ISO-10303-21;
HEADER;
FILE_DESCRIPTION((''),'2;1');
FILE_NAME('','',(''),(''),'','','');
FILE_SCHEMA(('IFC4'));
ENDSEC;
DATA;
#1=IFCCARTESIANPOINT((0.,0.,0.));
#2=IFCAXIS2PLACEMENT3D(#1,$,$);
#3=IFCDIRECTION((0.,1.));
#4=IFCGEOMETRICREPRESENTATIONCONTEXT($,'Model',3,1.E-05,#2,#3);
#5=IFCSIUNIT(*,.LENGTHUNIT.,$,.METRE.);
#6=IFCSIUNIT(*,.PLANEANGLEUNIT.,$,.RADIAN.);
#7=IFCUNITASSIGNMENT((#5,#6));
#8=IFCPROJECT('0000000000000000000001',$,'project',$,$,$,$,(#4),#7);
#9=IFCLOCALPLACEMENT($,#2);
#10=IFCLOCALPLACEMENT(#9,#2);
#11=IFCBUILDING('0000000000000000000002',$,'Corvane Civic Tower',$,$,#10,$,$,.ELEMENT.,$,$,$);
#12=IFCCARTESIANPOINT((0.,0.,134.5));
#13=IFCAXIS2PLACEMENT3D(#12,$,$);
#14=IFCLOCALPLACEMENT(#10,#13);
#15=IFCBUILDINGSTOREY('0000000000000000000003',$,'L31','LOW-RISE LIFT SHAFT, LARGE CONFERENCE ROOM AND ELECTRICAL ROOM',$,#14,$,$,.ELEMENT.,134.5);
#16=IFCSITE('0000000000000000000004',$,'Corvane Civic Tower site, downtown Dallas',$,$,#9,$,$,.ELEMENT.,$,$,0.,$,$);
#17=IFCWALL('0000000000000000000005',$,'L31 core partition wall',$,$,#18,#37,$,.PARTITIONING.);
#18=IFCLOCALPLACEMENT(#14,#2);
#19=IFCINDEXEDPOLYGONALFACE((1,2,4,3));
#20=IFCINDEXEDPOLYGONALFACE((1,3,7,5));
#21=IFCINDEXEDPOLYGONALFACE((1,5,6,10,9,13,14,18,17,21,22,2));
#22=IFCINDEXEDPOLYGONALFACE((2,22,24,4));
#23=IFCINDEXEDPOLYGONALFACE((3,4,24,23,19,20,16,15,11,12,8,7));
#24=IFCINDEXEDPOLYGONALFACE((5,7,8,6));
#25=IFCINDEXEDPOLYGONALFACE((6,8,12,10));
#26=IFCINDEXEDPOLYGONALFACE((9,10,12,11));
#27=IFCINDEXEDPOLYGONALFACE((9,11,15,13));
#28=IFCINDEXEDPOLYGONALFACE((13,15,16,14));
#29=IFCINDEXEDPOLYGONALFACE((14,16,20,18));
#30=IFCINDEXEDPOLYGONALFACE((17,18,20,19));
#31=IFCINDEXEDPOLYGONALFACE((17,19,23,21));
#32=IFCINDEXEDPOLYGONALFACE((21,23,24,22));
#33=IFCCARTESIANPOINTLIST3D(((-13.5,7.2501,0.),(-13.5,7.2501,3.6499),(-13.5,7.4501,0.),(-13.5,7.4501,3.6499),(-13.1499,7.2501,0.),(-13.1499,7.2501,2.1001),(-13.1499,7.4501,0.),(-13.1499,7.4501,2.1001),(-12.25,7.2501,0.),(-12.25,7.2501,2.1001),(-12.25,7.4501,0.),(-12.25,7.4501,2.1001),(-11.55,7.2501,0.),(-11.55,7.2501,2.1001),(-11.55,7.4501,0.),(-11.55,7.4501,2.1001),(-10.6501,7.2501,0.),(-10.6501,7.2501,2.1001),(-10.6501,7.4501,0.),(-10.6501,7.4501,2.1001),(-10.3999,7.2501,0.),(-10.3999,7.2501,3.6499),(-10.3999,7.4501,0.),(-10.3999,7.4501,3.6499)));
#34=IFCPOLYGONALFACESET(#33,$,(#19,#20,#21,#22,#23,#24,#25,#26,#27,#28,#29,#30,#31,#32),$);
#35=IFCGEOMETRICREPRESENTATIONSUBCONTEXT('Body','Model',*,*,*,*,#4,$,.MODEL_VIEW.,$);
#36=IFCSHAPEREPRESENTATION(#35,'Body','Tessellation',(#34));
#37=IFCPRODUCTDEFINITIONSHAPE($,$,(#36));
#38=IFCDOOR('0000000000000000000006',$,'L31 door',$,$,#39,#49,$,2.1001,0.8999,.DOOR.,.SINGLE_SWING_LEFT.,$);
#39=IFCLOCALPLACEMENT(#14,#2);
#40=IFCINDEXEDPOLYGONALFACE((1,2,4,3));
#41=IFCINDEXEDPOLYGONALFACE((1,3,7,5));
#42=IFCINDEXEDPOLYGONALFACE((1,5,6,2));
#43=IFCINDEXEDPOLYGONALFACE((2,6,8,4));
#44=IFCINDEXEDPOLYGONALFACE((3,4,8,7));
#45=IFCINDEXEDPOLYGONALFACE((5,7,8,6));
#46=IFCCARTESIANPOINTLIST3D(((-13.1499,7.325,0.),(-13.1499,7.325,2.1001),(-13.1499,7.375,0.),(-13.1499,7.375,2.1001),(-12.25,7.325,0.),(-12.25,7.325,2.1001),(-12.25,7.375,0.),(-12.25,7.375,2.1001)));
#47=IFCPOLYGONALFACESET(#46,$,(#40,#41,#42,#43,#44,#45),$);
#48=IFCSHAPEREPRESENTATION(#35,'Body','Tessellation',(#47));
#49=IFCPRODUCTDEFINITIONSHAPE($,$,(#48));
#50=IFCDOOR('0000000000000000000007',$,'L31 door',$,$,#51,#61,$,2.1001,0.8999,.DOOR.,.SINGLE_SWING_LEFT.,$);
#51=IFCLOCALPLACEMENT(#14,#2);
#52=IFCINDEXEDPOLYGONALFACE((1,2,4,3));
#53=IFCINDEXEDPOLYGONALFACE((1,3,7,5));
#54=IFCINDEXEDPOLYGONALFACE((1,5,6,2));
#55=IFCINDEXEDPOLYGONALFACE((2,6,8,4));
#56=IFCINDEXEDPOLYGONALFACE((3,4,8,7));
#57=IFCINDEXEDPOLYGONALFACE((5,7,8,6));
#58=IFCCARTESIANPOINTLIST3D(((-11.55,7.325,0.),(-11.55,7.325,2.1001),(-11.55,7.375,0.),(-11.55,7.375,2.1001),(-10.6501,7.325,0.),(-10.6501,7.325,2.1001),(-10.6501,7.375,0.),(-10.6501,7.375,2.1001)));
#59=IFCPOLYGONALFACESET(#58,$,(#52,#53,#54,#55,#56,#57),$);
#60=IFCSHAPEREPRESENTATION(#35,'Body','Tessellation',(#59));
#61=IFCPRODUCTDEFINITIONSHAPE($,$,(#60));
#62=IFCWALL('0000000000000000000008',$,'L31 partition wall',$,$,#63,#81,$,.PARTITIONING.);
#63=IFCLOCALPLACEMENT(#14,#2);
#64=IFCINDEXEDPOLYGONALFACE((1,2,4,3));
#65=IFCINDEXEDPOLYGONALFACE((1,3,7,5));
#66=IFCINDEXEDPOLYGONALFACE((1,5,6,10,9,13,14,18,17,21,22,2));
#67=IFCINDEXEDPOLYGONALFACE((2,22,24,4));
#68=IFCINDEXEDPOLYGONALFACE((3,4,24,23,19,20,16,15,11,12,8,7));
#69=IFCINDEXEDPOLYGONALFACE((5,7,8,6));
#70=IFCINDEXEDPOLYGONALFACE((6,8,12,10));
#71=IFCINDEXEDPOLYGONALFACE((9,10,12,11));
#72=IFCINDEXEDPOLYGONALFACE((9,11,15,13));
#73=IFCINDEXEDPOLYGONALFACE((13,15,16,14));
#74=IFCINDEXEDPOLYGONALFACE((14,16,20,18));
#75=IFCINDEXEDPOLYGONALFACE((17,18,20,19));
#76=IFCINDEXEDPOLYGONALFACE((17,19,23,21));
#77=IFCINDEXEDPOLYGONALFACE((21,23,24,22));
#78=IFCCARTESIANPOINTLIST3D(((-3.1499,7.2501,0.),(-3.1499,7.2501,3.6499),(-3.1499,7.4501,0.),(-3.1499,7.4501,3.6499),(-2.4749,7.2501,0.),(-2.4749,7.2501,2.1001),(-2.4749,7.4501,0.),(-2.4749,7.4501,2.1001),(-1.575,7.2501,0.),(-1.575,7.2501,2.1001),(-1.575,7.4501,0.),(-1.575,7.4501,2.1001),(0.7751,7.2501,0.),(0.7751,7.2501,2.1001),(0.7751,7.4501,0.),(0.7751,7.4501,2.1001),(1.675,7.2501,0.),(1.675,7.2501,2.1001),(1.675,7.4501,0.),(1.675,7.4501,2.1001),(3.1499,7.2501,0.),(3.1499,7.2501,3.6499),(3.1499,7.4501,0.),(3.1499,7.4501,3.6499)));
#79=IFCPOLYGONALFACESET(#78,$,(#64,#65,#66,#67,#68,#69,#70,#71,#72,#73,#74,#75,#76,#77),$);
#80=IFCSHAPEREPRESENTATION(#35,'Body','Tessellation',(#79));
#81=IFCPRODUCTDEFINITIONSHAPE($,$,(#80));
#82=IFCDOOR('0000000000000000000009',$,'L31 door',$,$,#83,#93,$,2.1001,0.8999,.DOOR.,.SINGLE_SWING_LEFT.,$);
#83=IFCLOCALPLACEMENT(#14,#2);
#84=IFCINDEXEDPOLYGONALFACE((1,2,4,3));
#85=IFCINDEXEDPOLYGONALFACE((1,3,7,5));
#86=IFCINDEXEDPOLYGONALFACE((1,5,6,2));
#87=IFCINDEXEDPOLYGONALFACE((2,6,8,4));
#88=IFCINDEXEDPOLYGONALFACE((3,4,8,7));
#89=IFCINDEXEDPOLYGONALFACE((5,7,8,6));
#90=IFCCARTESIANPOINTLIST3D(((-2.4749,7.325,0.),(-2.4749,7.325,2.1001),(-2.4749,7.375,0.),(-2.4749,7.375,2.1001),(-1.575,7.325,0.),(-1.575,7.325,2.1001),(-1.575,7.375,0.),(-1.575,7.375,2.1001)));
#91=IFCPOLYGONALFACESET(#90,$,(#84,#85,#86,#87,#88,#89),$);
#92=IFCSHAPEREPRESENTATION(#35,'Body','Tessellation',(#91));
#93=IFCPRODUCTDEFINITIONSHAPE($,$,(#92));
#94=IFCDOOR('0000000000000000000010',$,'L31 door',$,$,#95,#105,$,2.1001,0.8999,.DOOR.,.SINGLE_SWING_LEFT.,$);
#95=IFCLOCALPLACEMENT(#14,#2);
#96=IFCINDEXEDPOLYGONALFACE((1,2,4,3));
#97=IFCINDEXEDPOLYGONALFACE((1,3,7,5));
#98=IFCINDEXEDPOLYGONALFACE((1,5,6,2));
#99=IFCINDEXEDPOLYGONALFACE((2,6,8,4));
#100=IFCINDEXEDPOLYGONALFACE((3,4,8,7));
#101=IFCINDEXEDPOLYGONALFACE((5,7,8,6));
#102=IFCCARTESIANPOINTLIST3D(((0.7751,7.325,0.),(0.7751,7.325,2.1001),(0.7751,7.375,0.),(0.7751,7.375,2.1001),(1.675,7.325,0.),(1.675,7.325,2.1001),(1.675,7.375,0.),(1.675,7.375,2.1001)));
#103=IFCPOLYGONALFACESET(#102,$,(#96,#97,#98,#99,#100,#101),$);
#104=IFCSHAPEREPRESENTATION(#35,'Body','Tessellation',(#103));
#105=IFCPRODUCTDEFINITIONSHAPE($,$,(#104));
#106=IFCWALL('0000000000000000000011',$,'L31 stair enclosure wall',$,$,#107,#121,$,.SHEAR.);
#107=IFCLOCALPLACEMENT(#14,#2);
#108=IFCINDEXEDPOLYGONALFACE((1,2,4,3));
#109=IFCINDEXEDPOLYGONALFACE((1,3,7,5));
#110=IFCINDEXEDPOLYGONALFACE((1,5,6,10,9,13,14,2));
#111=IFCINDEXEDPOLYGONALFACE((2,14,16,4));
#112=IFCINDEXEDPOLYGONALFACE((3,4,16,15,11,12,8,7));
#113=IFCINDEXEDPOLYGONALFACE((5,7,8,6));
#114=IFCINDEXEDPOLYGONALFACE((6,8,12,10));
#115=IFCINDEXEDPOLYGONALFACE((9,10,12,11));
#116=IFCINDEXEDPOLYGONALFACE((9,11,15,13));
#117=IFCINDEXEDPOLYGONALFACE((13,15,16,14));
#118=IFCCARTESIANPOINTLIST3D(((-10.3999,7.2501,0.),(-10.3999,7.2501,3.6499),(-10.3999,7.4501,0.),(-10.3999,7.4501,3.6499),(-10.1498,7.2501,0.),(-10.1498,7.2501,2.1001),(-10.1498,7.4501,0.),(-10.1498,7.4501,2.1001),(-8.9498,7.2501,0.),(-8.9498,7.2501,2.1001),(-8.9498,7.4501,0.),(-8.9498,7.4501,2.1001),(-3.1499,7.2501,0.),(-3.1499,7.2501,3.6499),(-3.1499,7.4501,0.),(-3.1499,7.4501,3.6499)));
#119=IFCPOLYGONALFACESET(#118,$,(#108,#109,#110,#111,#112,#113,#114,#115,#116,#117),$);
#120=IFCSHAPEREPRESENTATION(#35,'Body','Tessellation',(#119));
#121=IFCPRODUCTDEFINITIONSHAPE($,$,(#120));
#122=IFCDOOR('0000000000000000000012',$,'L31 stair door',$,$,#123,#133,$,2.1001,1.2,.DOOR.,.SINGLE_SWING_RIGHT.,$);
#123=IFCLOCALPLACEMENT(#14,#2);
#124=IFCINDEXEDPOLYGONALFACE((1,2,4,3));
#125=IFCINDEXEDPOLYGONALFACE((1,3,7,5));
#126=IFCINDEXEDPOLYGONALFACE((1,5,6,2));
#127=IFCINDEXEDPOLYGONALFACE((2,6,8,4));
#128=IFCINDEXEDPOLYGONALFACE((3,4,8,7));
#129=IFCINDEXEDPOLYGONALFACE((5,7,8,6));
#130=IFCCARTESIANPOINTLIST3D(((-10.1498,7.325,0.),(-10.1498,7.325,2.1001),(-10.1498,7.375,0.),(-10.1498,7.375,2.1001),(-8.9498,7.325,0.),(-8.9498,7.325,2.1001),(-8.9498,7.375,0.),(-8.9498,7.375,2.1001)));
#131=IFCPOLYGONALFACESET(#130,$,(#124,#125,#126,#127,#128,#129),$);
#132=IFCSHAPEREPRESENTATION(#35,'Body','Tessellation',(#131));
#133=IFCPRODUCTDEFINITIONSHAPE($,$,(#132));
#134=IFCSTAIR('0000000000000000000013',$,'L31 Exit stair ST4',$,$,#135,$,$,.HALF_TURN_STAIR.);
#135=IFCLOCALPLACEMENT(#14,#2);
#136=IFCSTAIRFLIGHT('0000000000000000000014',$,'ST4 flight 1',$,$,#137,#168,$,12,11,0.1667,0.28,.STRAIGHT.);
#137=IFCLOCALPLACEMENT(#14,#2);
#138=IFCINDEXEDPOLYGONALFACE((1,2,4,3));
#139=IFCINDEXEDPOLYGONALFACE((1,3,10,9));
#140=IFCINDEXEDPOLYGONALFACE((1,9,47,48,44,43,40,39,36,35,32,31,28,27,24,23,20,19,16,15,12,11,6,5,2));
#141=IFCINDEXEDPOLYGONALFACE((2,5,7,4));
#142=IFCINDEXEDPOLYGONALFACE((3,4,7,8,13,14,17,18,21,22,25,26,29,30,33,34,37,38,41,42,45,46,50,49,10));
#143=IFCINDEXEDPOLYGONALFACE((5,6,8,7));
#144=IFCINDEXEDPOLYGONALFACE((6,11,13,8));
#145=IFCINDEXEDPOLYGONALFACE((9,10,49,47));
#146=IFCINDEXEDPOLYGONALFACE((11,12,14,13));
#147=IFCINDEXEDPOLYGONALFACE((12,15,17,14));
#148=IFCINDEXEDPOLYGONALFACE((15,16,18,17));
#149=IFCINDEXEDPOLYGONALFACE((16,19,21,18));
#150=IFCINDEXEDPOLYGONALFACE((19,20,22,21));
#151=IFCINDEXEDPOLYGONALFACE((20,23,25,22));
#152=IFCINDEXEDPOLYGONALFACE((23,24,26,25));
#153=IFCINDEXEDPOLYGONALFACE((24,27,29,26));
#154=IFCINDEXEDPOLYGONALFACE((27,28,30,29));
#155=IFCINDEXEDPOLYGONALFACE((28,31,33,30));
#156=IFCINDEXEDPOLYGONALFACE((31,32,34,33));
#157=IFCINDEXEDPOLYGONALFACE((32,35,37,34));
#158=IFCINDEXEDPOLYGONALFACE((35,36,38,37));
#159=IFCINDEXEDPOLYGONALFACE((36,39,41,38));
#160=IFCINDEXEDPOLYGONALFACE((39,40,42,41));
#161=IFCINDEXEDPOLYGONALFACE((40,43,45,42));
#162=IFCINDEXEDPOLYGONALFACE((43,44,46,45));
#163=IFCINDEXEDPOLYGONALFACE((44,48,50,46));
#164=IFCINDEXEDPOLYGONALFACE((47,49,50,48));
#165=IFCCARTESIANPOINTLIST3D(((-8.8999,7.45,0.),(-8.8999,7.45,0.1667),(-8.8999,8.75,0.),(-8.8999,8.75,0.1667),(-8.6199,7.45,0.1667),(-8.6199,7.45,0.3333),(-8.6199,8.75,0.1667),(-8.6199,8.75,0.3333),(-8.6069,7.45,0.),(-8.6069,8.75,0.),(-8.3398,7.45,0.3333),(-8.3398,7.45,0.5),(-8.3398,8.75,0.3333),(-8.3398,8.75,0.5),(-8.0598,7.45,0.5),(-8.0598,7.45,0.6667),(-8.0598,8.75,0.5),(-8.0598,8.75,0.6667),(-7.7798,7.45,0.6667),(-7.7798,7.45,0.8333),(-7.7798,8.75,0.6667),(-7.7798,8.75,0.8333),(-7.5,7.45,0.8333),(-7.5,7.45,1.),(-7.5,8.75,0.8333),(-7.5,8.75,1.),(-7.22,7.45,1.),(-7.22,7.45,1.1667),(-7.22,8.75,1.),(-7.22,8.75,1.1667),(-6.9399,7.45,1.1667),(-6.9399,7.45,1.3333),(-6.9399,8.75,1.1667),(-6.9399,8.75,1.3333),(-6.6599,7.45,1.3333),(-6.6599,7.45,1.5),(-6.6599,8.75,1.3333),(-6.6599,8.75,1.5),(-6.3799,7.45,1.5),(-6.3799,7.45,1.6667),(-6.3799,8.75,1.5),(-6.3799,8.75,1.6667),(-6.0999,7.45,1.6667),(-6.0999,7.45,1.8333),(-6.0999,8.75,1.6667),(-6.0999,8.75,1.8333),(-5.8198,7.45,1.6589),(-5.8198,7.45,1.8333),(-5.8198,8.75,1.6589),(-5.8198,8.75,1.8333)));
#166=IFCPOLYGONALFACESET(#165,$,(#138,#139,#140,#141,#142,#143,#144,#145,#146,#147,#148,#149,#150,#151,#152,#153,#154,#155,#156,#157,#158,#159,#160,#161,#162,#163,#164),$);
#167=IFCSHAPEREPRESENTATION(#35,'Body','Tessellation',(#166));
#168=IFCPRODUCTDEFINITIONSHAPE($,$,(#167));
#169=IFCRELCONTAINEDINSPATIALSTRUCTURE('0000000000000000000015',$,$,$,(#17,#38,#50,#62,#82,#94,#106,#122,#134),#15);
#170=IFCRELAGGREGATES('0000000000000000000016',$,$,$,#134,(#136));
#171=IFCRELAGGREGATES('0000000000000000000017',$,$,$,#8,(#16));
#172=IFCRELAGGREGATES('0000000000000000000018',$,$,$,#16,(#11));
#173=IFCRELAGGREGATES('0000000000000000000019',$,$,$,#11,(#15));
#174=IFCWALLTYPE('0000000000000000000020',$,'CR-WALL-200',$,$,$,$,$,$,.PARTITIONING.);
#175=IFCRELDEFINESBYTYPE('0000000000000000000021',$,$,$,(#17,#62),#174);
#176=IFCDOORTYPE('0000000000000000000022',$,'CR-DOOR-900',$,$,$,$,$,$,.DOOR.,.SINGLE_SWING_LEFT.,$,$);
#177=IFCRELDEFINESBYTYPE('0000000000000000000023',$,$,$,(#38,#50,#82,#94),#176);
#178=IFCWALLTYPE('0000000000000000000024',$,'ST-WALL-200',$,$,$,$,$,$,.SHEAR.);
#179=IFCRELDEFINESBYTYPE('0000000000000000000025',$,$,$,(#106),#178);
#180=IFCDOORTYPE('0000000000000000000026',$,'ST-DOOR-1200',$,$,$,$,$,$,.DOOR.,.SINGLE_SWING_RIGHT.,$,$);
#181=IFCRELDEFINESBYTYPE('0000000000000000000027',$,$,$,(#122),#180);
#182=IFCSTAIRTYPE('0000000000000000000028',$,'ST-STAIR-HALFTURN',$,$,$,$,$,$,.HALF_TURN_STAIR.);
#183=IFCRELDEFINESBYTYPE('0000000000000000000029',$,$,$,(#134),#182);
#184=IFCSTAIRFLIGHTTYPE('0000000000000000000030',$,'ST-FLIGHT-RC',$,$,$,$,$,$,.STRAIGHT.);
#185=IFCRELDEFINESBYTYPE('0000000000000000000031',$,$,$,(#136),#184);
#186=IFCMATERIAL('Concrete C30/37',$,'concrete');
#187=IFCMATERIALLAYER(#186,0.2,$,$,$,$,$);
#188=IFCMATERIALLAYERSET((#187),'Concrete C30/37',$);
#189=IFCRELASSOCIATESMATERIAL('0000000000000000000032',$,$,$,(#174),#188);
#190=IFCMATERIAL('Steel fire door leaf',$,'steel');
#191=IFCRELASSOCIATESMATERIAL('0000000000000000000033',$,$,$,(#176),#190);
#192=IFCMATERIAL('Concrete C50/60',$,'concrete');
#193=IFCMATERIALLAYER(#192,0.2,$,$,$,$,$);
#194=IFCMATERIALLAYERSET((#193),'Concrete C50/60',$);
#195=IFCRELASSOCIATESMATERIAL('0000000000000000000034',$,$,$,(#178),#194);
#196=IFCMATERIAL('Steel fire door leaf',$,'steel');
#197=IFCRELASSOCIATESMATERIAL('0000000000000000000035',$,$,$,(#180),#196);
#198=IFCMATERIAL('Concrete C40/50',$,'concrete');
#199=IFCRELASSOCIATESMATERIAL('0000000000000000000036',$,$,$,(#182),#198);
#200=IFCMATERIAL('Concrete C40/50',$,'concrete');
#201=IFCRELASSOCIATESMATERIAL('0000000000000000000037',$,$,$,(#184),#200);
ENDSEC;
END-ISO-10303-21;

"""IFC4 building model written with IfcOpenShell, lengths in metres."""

from ifc_helpers import new_model, si_unit, direction, frame, frame_2d, origin, place, context, subcontext, project, spatial, polyline, rectangle, outline, extrude, material, layer, layer_set, type_object, element, fill, aggregate, save


model = new_model("IFC4")

# Units and contexts
model_context = context("Model", 3, precision=1e-05, world=origin(), true_north=direction((0.0, 1.0)))
body_context = subcontext(model_context, "Body", "Model", "MODEL_VIEW")
ifc_project = project(units=[si_unit("LENGTHUNIT", "METRE"), si_unit("PLANEANGLEUNIT", "RADIAN")], contexts=[model_context])

# Site, building, storey
site_placement = place(None, origin())
site = spatial("IfcSite", under=ifc_project, at=site_placement, Name="Corvane Civic Tower site, downtown Dallas", CompositionType="ELEMENT", RefElevation=0.0)
building_placement = place(site_placement, origin())
building = spatial("IfcBuilding", under=site, at=building_placement, Name="Corvane Civic Tower", CompositionType="ELEMENT")
storey_placement = place(building_placement, frame((0.0, 0.0, 134.5)))
storey = spatial("IfcBuildingStorey", under=building, at=storey_placement, Name="L31", Description="LOW-RISE LIFT SHAFT, LARGE CONFERENCE ROOM AND ELECTRICAL ROOM", CompositionType="ELEMENT", Elevation=134.5)

# Walls, openings, doors
ifc_material_1 = material(Name="Concrete C30/37", Category="concrete")
ifc_layer_1 = layer(ifc_material_1, 0.2)
ifc_layer_set_1 = layer_set([ifc_layer_1], Name="Concrete C30/37")
wall_type_1 = type_object("IfcWallType", Name="CR-WALL-200", PredefinedType="PARTITIONING", material=ifc_layer_set_1)
wall_1_placement = place(storey_placement, frame((-13.5, 7.3501, 0.0), z_axis=(0.0, 0.0, 1.0), x_axis=(1.0, 0.0, 0.0)))
wall_1 = element("IfcWall", 1, at=wall_1_placement, inside=storey, type_object=wall_type_1, Name="L31 core partition wall", PredefinedType="PARTITIONING", context=body_context, shape_type="SweptSolid", body=[
    extrude(rectangle(XDim=3.1001, YDim=0.2, at=frame_2d((1.55, 0.0))), origin(), (0.0, 0.0, 1.0), 3.6499),
])
opening_1_placement = place(wall_1_placement, frame((0.3501, 0.0, 0.0)))
opening_1 = element("IfcOpeningElement", 2, at=opening_1_placement, cuts=wall_1, PredefinedType="OPENING", context=body_context, shape_type="SweptSolid", body=[
    extrude(rectangle(XDim=0.8999, YDim=2.1001, at=frame_2d((0.45, 1.05))), frame((0.0, 0.1099, 0.0), z_axis=(0.0, -1.0, 0.0), x_axis=(1.0, 0.0, 0.0)), (0.0, 0.0, 1.0), 0.22),
])
opening_2_placement = place(wall_1_placement, frame((1.95, 0.0, 0.0)))
opening_2 = element("IfcOpeningElement", 3, at=opening_2_placement, cuts=wall_1, PredefinedType="OPENING", context=body_context, shape_type="SweptSolid", body=[
    extrude(rectangle(XDim=0.8999, YDim=2.1001, at=frame_2d((0.45, 1.05))), frame((0.0, 0.1099, 0.0), z_axis=(0.0, -1.0, 0.0), x_axis=(1.0, 0.0, 0.0)), (0.0, 0.0, 1.0), 0.22),
])
ifc_material_2 = material(Name="Steel fire door leaf", Category="steel")
door_type_1 = type_object("IfcDoorType", Name="CR-DOOR-900", OperationType="SINGLE_SWING_LEFT", PredefinedType="DOOR", material=ifc_material_2)
door_1_placement = place(opening_1_placement, origin())
door_1 = element("IfcDoor", 4, at=door_1_placement, inside=storey, type_object=door_type_1, Name="L31 door", OperationType="SINGLE_SWING_LEFT", OverallHeight=2.1001, OverallWidth=0.8999, PredefinedType="DOOR", context=body_context, shape_type="SweptSolid", body=[
    extrude(rectangle(XDim=0.8999, YDim=2.1001, at=frame_2d((0.45, 1.05))), frame((0.0, 0.0249, 0.0), z_axis=(0.0, -1.0, 0.0), x_axis=(1.0, 0.0, 0.0)), (0.0, 0.0, 1.0), 0.05),
])
fill(opening_1, door_1)
door_2_placement = place(opening_2_placement, origin())
door_2 = element("IfcDoor", 5, at=door_2_placement, inside=storey, type_object=door_type_1, Name="L31 door", OperationType="SINGLE_SWING_LEFT", OverallHeight=2.1001, OverallWidth=0.8999, PredefinedType="DOOR", context=body_context, shape_type="SweptSolid", body=[
    extrude(rectangle(XDim=0.8999, YDim=2.1001, at=frame_2d((0.45, 1.05))), frame((0.0, 0.0249, 0.0), z_axis=(0.0, -1.0, 0.0), x_axis=(1.0, 0.0, 0.0)), (0.0, 0.0, 1.0), 0.05),
])
fill(opening_2, door_2)
wall_2_placement = place(storey_placement, frame((-3.1499, 7.3501, 0.0), z_axis=(0.0, 0.0, 1.0), x_axis=(1.0, 0.0, 0.0)))
wall_2 = element("IfcWall", 6, at=wall_2_placement, inside=storey, type_object=wall_type_1, Name="L31 partition wall", PredefinedType="PARTITIONING", context=body_context, shape_type="SweptSolid", body=[
    extrude(rectangle(XDim=6.2998, YDim=0.2, at=frame_2d((3.1499, 0.0))), origin(), (0.0, 0.0, 1.0), 3.6499),
])
opening_3_placement = place(wall_2_placement, frame((0.675, 0.0, 0.0)))
opening_3 = element("IfcOpeningElement", 7, at=opening_3_placement, cuts=wall_2, PredefinedType="OPENING", context=body_context, shape_type="SweptSolid", body=[
    extrude(rectangle(XDim=0.8999, YDim=2.1001, at=frame_2d((0.45, 1.05))), frame((0.0, 0.1099, 0.0), z_axis=(0.0, -1.0, 0.0), x_axis=(1.0, 0.0, 0.0)), (0.0, 0.0, 1.0), 0.22),
])
opening_4_placement = place(wall_2_placement, frame((3.925, 0.0, 0.0)))
opening_4 = element("IfcOpeningElement", 8, at=opening_4_placement, cuts=wall_2, PredefinedType="OPENING", context=body_context, shape_type="SweptSolid", body=[
    extrude(rectangle(XDim=0.8999, YDim=2.1001, at=frame_2d((0.45, 1.05))), frame((0.0, 0.1099, 0.0), z_axis=(0.0, -1.0, 0.0), x_axis=(1.0, 0.0, 0.0)), (0.0, 0.0, 1.0), 0.22),
])
door_3_placement = place(opening_3_placement, origin())
door_3 = element("IfcDoor", 9, at=door_3_placement, inside=storey, type_object=door_type_1, Name="L31 door", OperationType="SINGLE_SWING_LEFT", OverallHeight=2.1001, OverallWidth=0.8999, PredefinedType="DOOR", context=body_context, shape_type="SweptSolid", body=[
    extrude(rectangle(XDim=0.8999, YDim=2.1001, at=frame_2d((0.45, 1.05))), frame((0.0, 0.0249, 0.0), z_axis=(0.0, -1.0, 0.0), x_axis=(1.0, 0.0, 0.0)), (0.0, 0.0, 1.0), 0.05),
])
fill(opening_3, door_3)
door_4_placement = place(opening_4_placement, origin())
door_4 = element("IfcDoor", 10, at=door_4_placement, inside=storey, type_object=door_type_1, Name="L31 door", OperationType="SINGLE_SWING_LEFT", OverallHeight=2.1001, OverallWidth=0.8999, PredefinedType="DOOR", context=body_context, shape_type="SweptSolid", body=[
    extrude(rectangle(XDim=0.8999, YDim=2.1001, at=frame_2d((0.45, 1.05))), frame((0.0, 0.0249, 0.0), z_axis=(0.0, -1.0, 0.0), x_axis=(1.0, 0.0, 0.0)), (0.0, 0.0, 1.0), 0.05),
])
fill(opening_4, door_4)

# Wall, opening, door
ifc_material_3 = material(Name="Concrete C50/60", Category="concrete")
ifc_layer_2 = layer(ifc_material_3, 0.2)
ifc_layer_set_2 = layer_set([ifc_layer_2], Name="Concrete C50/60")
wall_type_2 = type_object("IfcWallType", Name="ST-WALL-200", PredefinedType="SHEAR", material=ifc_layer_set_2)
wall_3_placement = place(storey_placement, frame((-10.3999, 7.3501, 0.0), z_axis=(0.0, 0.0, 1.0), x_axis=(1.0, 0.0, 0.0)))
wall_3 = element("IfcWall", 11, at=wall_3_placement, inside=storey, type_object=wall_type_2, Name="L31 stair enclosure wall", PredefinedType="SHEAR", context=body_context, shape_type="SweptSolid", body=[
    extrude(rectangle(XDim=7.25, YDim=0.2, at=frame_2d((3.625, 0.0))), origin(), (0.0, 0.0, 1.0), 3.6499),
])
opening_5_placement = place(wall_3_placement, frame((0.25, 0.0, 0.0)))
opening_5 = element("IfcOpeningElement", 12, at=opening_5_placement, cuts=wall_3, PredefinedType="OPENING", context=body_context, shape_type="SweptSolid", body=[
    extrude(rectangle(XDim=1.2, YDim=2.1001, at=frame_2d((0.6001, 1.05))), frame((0.0, 0.1099, 0.0), z_axis=(0.0, -1.0, 0.0), x_axis=(1.0, 0.0, 0.0)), (0.0, 0.0, 1.0), 0.22),
])
ifc_material_4 = material(Name="Steel fire door leaf", Category="steel")
door_type_2 = type_object("IfcDoorType", Name="ST-DOOR-1200", OperationType="SINGLE_SWING_RIGHT", PredefinedType="DOOR", material=ifc_material_4)
door_5_placement = place(opening_5_placement, origin())
door_5 = element("IfcDoor", 13, at=door_5_placement, inside=storey, type_object=door_type_2, Name="L31 stair door", OperationType="SINGLE_SWING_RIGHT", OverallHeight=2.1001, OverallWidth=1.2, PredefinedType="DOOR", context=body_context, shape_type="SweptSolid", body=[
    extrude(rectangle(XDim=1.2, YDim=2.1001, at=frame_2d((0.6001, 1.05))), frame((0.0, 0.0249, 0.0), z_axis=(0.0, -1.0, 0.0), x_axis=(1.0, 0.0, 0.0)), (0.0, 0.0, 1.0), 0.05),
])
fill(opening_5, door_5)

# Stair, stair flight
ifc_material_5 = material(Name="Concrete C40/50", Category="concrete")
stair_type = type_object("IfcStairType", Name="ST-STAIR-HALFTURN", PredefinedType="HALF_TURN_STAIR", material=ifc_material_5)
stair_placement = place(storey_placement, origin())
stair = element("IfcStair", 14, at=stair_placement, inside=storey, type_object=stair_type, Name="L31 Exit stair ST4", PredefinedType="HALF_TURN_STAIR")
ifc_material_6 = material(Name="Concrete C40/50", Category="concrete")
stair_flight_type = type_object("IfcStairFlightType", Name="ST-FLIGHT-RC", PredefinedType="STRAIGHT", material=ifc_material_6)
stair_flight_placement = place(storey_placement, frame((-8.8999, 8.1001, 0.0), z_axis=(0.0, 0.0, 1.0), x_axis=(1.0, 0.0, 0.0)))
stair_flight = element("IfcStairFlight", 15, at=stair_flight_placement, type_object=stair_flight_type, Name="ST4 flight 1", NumberOfRisers=12, NumberOfTreads=11, PredefinedType="STRAIGHT", RiserHeight=0.1667, TreadLength=0.28, context=body_context, shape_type="SweptSolid", body=[
    extrude(outline(polyline([(0.0, 0.0), (0.0, 0.1667), (0.28, 0.1667), (0.28, 0.3333), (0.5601, 0.3333), (0.5601, 0.5), (0.8401, 0.5), (0.8401, 0.6667), (1.1201, 0.6667), (1.1201, 0.8333), (1.3999, 0.8333), (1.3999, 1.0), (1.6799, 1.0), (1.6799, 1.1667), (1.96, 1.1667), (1.96, 1.3333), (2.24, 1.3333), (2.24, 1.5), (2.52, 1.5), (2.52, 1.6667), (2.8, 1.6667), (2.8, 1.8333), (3.0801, 1.8333), (3.0801, 2.0), (3.0801, 1.6589), (0.293, 0.0), (0.0, 0.0)])), frame((0.0, 0.6499, 0.0), z_axis=(0.0, -1.0, 0.0), x_axis=(1.0, 0.0, 0.0)), (0.0, 0.0, 1.0), 1.3),
])
aggregate(stair, [stair_flight])

save(model, "model.ifc")
